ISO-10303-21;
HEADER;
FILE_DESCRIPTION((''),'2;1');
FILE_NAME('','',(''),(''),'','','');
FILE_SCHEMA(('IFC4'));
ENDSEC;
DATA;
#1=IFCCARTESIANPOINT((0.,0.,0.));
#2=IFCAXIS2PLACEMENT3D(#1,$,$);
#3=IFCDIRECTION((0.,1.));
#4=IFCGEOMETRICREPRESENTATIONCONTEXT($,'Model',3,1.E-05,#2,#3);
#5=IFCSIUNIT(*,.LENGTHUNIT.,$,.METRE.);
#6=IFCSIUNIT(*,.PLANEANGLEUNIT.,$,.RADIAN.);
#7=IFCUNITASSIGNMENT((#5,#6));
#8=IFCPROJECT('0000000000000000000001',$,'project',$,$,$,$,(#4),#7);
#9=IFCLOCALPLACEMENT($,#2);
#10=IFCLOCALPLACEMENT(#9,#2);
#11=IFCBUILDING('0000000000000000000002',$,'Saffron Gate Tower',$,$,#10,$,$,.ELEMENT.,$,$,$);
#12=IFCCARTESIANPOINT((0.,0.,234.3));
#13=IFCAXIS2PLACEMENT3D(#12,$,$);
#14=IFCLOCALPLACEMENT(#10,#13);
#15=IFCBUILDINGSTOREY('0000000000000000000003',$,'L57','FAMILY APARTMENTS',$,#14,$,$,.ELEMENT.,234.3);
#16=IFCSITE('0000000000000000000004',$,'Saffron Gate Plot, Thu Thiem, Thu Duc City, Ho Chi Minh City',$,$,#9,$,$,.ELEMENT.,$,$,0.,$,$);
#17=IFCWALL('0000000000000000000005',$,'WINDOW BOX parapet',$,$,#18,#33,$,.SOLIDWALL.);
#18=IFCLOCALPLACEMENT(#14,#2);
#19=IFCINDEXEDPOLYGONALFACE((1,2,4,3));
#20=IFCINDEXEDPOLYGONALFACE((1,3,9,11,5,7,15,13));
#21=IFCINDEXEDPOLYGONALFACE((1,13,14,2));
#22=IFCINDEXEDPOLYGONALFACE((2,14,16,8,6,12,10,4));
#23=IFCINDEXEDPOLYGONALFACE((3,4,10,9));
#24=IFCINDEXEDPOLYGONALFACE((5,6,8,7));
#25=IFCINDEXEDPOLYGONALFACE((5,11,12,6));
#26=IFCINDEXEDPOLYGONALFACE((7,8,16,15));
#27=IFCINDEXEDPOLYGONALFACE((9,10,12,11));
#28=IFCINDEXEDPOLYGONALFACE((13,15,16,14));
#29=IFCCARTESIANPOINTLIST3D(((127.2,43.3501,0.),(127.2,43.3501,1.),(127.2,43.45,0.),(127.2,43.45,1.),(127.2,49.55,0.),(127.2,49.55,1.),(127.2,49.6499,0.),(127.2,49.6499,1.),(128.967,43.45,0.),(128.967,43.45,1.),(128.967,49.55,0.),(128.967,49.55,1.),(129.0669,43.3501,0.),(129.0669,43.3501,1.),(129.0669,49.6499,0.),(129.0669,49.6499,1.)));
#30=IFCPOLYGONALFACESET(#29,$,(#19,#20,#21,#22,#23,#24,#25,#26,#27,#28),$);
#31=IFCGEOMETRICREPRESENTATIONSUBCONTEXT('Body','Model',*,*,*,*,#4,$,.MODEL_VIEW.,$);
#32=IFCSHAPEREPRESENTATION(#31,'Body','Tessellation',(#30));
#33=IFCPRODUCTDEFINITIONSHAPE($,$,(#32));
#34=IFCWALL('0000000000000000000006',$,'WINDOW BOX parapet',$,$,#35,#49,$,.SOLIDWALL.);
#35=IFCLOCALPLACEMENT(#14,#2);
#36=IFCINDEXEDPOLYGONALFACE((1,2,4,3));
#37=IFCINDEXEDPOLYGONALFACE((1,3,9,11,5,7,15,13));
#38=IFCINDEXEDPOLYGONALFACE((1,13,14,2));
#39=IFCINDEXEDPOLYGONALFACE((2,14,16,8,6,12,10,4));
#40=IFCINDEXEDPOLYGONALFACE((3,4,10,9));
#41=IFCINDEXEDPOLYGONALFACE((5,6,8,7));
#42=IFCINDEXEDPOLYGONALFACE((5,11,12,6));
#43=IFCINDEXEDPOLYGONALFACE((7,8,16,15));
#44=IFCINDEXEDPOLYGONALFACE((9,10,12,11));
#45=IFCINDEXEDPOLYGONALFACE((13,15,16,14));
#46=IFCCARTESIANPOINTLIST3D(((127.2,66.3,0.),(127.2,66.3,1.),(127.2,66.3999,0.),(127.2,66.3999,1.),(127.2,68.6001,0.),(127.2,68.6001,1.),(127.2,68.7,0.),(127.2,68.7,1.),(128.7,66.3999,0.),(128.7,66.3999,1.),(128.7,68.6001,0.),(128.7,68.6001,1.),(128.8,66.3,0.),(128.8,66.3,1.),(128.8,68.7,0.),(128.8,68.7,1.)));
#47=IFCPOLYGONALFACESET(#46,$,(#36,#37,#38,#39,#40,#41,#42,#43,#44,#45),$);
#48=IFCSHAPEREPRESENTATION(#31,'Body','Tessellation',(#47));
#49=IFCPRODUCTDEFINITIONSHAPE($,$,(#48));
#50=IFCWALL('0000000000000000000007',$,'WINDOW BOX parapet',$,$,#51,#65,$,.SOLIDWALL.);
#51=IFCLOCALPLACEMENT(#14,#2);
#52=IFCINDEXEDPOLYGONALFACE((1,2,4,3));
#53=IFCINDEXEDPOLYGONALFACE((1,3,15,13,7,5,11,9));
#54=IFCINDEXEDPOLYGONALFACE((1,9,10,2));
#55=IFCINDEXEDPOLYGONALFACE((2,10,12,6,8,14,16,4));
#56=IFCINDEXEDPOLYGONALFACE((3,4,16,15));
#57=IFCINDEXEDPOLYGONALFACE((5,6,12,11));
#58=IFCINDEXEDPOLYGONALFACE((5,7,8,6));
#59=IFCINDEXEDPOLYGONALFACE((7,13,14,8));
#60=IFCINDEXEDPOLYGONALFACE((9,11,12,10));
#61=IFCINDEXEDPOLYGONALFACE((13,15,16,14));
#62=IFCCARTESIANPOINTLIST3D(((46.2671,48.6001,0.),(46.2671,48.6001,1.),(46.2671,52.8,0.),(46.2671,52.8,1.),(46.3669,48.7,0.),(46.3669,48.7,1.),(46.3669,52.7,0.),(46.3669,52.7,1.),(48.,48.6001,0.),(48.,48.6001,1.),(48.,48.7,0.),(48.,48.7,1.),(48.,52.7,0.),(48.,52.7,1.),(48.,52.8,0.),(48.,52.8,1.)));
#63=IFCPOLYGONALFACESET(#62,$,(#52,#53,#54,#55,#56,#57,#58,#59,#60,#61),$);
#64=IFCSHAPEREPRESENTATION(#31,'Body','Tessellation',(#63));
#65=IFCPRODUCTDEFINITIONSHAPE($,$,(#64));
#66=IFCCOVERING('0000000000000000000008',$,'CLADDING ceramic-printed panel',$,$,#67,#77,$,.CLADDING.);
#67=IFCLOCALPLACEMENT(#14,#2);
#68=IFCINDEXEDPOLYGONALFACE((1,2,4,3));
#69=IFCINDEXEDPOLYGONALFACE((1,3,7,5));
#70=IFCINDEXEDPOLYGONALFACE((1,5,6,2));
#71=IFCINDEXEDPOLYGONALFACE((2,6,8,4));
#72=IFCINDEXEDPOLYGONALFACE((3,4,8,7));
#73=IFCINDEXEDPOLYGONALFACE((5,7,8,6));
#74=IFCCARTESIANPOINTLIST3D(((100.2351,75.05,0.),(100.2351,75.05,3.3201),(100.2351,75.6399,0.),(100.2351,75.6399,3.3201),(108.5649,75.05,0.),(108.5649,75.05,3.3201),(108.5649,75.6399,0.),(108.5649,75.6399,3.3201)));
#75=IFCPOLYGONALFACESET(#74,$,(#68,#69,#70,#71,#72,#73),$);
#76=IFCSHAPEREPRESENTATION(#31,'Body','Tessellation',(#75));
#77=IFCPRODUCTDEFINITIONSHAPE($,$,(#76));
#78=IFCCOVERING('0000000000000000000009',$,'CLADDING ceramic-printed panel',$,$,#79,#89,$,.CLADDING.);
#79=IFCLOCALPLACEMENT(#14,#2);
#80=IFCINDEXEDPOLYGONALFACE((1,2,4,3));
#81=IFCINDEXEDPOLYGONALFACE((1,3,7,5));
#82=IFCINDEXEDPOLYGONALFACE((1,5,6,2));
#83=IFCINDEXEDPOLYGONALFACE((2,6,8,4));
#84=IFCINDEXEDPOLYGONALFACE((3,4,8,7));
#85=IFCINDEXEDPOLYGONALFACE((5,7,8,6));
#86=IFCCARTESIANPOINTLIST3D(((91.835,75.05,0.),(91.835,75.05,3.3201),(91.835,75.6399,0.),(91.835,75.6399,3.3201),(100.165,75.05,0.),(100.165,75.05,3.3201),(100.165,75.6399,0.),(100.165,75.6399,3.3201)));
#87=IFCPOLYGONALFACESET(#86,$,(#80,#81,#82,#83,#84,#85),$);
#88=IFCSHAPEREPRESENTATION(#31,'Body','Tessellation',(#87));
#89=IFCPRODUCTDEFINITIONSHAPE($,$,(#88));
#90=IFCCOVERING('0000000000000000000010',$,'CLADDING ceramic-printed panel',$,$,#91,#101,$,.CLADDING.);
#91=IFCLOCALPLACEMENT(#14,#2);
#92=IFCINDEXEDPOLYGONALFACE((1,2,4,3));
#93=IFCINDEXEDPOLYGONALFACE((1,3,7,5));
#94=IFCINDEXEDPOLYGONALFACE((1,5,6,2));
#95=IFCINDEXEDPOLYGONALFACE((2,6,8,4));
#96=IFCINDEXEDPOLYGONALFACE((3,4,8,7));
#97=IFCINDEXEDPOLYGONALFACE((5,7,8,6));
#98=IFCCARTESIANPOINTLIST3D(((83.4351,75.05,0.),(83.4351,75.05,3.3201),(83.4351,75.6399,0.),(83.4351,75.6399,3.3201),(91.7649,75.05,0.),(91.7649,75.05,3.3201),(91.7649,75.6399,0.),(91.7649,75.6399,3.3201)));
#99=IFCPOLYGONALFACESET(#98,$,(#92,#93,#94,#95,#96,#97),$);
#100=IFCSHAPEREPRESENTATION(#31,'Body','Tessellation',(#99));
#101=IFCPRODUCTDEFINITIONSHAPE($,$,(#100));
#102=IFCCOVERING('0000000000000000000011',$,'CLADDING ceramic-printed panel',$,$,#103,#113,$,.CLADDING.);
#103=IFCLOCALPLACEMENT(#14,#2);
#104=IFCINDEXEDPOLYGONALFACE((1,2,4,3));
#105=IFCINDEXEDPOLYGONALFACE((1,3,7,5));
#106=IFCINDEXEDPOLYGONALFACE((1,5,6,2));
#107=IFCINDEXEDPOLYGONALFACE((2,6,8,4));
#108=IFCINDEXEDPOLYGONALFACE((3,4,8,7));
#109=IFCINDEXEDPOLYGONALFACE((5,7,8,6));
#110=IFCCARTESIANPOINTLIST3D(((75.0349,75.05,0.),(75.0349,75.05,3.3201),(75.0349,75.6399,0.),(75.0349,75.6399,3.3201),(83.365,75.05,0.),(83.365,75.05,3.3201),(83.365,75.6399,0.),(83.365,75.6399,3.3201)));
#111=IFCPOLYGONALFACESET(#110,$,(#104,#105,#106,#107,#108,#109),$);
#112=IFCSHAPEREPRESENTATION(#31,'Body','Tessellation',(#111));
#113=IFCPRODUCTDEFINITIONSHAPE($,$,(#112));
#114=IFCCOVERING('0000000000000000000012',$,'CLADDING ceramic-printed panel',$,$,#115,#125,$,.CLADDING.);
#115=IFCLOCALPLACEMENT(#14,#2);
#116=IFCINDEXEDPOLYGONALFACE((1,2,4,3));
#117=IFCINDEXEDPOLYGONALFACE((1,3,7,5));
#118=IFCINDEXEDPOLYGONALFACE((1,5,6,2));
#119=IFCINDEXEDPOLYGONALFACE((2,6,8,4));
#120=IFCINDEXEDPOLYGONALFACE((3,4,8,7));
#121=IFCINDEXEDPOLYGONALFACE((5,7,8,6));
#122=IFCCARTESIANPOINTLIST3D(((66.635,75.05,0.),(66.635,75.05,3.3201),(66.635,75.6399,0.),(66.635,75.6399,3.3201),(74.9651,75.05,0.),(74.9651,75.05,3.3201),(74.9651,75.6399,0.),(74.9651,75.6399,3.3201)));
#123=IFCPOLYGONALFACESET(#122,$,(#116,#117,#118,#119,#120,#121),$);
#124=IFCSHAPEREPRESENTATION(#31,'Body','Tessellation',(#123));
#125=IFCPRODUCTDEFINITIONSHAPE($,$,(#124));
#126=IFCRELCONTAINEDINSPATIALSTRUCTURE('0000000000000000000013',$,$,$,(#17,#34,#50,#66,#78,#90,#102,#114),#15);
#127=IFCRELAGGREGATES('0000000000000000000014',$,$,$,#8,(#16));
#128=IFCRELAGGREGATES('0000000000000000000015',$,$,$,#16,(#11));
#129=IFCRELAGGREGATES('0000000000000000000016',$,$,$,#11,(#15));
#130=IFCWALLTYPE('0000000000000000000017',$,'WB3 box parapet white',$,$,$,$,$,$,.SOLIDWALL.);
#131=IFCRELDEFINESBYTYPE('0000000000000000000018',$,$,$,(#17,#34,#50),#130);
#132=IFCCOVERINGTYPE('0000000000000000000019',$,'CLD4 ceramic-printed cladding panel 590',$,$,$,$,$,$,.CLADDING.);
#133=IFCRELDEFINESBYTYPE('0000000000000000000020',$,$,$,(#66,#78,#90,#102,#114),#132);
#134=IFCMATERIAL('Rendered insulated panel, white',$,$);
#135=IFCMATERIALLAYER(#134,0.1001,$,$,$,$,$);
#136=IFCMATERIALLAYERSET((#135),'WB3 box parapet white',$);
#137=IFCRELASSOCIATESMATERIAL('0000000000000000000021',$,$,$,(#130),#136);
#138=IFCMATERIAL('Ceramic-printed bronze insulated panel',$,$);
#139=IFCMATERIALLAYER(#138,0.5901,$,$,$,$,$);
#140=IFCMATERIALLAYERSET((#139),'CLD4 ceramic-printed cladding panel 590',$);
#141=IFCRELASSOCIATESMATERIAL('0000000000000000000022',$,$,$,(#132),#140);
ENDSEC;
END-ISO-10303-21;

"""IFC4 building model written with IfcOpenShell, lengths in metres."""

from ifc_helpers import new_model, si_unit, direction, frame, origin, place, context, subcontext, project, spatial, polyline, outline, extrude, material, layer, layer_set, type_object, element, save


model = new_model("IFC4")

# Units and contexts
model_context = context("Model", 3, precision=1e-05, world=origin(), true_north=direction((0.0, 1.0)))
body_context = subcontext(model_context, "Body", "Model", "MODEL_VIEW")
ifc_project = project(units=[si_unit("LENGTHUNIT", "METRE"), si_unit("PLANEANGLEUNIT", "RADIAN")], contexts=[model_context])

# Site, building, storey
site_placement = place(None, origin())
site = spatial("IfcSite", under=ifc_project, at=site_placement, Name="Saffron Gate Plot, Thu Thiem, Thu Duc City, Ho Chi Minh City", CompositionType="ELEMENT", RefElevation=0.0)
building_placement = place(site_placement, origin())
building = spatial("IfcBuilding", under=site, at=building_placement, Name="Saffron Gate Tower", CompositionType="ELEMENT")
storey_placement = place(building_placement, frame((0.0, 0.0, 234.3)))
storey = spatial("IfcBuildingStorey", under=building, at=storey_placement, Name="L57", Description="FAMILY APARTMENTS", CompositionType="ELEMENT", Elevation=234.3)

# Walls
ifc_material_1 = material(Name="Rendered insulated panel, white")
ifc_layer_1 = layer(ifc_material_1, 0.1001)
ifc_layer_set_1 = layer_set([ifc_layer_1], Name="WB3 box parapet white")
wall_type = type_object("IfcWallType", Name="WB3 box parapet white", PredefinedType="SOLIDWALL", material=ifc_layer_set_1)
wall_1_placement = place(storey_placement, origin())
element("IfcWall", 1, at=wall_1_placement, inside=storey, type_object=wall_type, Name="WINDOW BOX parapet", PredefinedType="SOLIDWALL", context=body_context, shape_type="SweptSolid", body=[
    extrude(outline(polyline([(127.2, 43.3501), (127.2, 43.45), (128.967, 43.45), (128.967, 49.55), (127.2, 49.55), (127.2, 49.6499), (129.0669, 49.6499), (129.0669, 43.3501), (127.2, 43.3501)])), origin(), (0.0, 0.0, 1.0), 1.0),
])
wall_2_placement = place(storey_placement, origin())
element("IfcWall", 2, at=wall_2_placement, inside=storey, type_object=wall_type, Name="WINDOW BOX parapet", PredefinedType="SOLIDWALL", context=body_context, shape_type="SweptSolid", body=[
    extrude(outline(polyline([(127.2, 66.3), (127.2, 66.3999), (128.7, 66.3999), (128.7, 68.6001), (127.2, 68.6001), (127.2, 68.7), (128.8, 68.7), (128.8, 66.3), (127.2, 66.3)])), origin(), (0.0, 0.0, 1.0), 1.0),
])
wall_3_placement = place(storey_placement, origin())
element("IfcWall", 3, at=wall_3_placement, inside=storey, type_object=wall_type, Name="WINDOW BOX parapet", PredefinedType="SOLIDWALL", context=body_context, shape_type="SweptSolid", body=[
    extrude(outline(polyline([(48.0, 52.8), (48.0, 52.7), (46.3669, 52.7), (46.3669, 48.7), (48.0, 48.7), (48.0, 48.6001), (46.2671, 48.6001), (46.2671, 52.8), (48.0, 52.8)])), origin(), (0.0, 0.0, 1.0), 1.0),
])

# Coverings
ifc_material_2 = material(Name="Ceramic-printed bronze insulated panel")
ifc_layer_2 = layer(ifc_material_2, 0.5901)
ifc_layer_set_2 = layer_set([ifc_layer_2], Name="CLD4 ceramic-printed cladding panel 590")
covering_type = type_object("IfcCoveringType", Name="CLD4 ceramic-printed cladding panel 590", PredefinedType="CLADDING", material=ifc_layer_set_2)
covering_1_placement = place(storey_placement, origin())
element("IfcCovering", 4, at=covering_1_placement, inside=storey, type_object=covering_type, Name="CLADDING ceramic-printed panel", PredefinedType="CLADDING", context=body_context, shape_type="SweptSolid", body=[
    extrude(outline(polyline([(108.5649, 75.6399), (100.2351, 75.6399), (100.2351, 75.05), (108.5649, 75.05), (108.5649, 75.6399)])), origin(), (0.0, 0.0, 1.0), 3.3201),
])
covering_2_placement = place(storey_placement, origin())
element("IfcCovering", 5, at=covering_2_placement, inside=storey, type_object=covering_type, Name="CLADDING ceramic-printed panel", PredefinedType="CLADDING", context=body_context, shape_type="SweptSolid", body=[
    extrude(outline(polyline([(100.165, 75.6399), (91.835, 75.6399), (91.835, 75.05), (100.165, 75.05), (100.165, 75.6399)])), origin(), (0.0, 0.0, 1.0), 3.3201),
])
covering_3_placement = place(storey_placement, origin())
element("IfcCovering", 6, at=covering_3_placement, inside=storey, type_object=covering_type, Name="CLADDING ceramic-printed panel", PredefinedType="CLADDING", context=body_context, shape_type="SweptSolid", body=[
    extrude(outline(polyline([(91.7649, 75.6399), (83.4351, 75.6399), (83.4351, 75.05), (91.7649, 75.05), (91.7649, 75.6399)])), origin(), (0.0, 0.0, 1.0), 3.3201),
])
covering_4_placement = place(storey_placement, origin())
element("IfcCovering", 7, at=covering_4_placement, inside=storey, type_object=covering_type, Name="CLADDING ceramic-printed panel", PredefinedType="CLADDING", context=body_context, shape_type="SweptSolid", body=[
    extrude(outline(polyline([(83.365, 75.6399), (75.0349, 75.6399), (75.0349, 75.05), (83.365, 75.05), (83.365, 75.6399)])), origin(), (0.0, 0.0, 1.0), 3.3201),
])
covering_5_placement = place(storey_placement, origin())
element("IfcCovering", 8, at=covering_5_placement, inside=storey, type_object=covering_type, Name="CLADDING ceramic-printed panel", PredefinedType="CLADDING", context=body_context, shape_type="SweptSolid", body=[
    extrude(outline(polyline([(74.9651, 75.6399), (66.635, 75.6399), (66.635, 75.05), (74.9651, 75.05), (74.9651, 75.6399)])), origin(), (0.0, 0.0, 1.0), 3.3201),
])

save(model, "model.ifc")
